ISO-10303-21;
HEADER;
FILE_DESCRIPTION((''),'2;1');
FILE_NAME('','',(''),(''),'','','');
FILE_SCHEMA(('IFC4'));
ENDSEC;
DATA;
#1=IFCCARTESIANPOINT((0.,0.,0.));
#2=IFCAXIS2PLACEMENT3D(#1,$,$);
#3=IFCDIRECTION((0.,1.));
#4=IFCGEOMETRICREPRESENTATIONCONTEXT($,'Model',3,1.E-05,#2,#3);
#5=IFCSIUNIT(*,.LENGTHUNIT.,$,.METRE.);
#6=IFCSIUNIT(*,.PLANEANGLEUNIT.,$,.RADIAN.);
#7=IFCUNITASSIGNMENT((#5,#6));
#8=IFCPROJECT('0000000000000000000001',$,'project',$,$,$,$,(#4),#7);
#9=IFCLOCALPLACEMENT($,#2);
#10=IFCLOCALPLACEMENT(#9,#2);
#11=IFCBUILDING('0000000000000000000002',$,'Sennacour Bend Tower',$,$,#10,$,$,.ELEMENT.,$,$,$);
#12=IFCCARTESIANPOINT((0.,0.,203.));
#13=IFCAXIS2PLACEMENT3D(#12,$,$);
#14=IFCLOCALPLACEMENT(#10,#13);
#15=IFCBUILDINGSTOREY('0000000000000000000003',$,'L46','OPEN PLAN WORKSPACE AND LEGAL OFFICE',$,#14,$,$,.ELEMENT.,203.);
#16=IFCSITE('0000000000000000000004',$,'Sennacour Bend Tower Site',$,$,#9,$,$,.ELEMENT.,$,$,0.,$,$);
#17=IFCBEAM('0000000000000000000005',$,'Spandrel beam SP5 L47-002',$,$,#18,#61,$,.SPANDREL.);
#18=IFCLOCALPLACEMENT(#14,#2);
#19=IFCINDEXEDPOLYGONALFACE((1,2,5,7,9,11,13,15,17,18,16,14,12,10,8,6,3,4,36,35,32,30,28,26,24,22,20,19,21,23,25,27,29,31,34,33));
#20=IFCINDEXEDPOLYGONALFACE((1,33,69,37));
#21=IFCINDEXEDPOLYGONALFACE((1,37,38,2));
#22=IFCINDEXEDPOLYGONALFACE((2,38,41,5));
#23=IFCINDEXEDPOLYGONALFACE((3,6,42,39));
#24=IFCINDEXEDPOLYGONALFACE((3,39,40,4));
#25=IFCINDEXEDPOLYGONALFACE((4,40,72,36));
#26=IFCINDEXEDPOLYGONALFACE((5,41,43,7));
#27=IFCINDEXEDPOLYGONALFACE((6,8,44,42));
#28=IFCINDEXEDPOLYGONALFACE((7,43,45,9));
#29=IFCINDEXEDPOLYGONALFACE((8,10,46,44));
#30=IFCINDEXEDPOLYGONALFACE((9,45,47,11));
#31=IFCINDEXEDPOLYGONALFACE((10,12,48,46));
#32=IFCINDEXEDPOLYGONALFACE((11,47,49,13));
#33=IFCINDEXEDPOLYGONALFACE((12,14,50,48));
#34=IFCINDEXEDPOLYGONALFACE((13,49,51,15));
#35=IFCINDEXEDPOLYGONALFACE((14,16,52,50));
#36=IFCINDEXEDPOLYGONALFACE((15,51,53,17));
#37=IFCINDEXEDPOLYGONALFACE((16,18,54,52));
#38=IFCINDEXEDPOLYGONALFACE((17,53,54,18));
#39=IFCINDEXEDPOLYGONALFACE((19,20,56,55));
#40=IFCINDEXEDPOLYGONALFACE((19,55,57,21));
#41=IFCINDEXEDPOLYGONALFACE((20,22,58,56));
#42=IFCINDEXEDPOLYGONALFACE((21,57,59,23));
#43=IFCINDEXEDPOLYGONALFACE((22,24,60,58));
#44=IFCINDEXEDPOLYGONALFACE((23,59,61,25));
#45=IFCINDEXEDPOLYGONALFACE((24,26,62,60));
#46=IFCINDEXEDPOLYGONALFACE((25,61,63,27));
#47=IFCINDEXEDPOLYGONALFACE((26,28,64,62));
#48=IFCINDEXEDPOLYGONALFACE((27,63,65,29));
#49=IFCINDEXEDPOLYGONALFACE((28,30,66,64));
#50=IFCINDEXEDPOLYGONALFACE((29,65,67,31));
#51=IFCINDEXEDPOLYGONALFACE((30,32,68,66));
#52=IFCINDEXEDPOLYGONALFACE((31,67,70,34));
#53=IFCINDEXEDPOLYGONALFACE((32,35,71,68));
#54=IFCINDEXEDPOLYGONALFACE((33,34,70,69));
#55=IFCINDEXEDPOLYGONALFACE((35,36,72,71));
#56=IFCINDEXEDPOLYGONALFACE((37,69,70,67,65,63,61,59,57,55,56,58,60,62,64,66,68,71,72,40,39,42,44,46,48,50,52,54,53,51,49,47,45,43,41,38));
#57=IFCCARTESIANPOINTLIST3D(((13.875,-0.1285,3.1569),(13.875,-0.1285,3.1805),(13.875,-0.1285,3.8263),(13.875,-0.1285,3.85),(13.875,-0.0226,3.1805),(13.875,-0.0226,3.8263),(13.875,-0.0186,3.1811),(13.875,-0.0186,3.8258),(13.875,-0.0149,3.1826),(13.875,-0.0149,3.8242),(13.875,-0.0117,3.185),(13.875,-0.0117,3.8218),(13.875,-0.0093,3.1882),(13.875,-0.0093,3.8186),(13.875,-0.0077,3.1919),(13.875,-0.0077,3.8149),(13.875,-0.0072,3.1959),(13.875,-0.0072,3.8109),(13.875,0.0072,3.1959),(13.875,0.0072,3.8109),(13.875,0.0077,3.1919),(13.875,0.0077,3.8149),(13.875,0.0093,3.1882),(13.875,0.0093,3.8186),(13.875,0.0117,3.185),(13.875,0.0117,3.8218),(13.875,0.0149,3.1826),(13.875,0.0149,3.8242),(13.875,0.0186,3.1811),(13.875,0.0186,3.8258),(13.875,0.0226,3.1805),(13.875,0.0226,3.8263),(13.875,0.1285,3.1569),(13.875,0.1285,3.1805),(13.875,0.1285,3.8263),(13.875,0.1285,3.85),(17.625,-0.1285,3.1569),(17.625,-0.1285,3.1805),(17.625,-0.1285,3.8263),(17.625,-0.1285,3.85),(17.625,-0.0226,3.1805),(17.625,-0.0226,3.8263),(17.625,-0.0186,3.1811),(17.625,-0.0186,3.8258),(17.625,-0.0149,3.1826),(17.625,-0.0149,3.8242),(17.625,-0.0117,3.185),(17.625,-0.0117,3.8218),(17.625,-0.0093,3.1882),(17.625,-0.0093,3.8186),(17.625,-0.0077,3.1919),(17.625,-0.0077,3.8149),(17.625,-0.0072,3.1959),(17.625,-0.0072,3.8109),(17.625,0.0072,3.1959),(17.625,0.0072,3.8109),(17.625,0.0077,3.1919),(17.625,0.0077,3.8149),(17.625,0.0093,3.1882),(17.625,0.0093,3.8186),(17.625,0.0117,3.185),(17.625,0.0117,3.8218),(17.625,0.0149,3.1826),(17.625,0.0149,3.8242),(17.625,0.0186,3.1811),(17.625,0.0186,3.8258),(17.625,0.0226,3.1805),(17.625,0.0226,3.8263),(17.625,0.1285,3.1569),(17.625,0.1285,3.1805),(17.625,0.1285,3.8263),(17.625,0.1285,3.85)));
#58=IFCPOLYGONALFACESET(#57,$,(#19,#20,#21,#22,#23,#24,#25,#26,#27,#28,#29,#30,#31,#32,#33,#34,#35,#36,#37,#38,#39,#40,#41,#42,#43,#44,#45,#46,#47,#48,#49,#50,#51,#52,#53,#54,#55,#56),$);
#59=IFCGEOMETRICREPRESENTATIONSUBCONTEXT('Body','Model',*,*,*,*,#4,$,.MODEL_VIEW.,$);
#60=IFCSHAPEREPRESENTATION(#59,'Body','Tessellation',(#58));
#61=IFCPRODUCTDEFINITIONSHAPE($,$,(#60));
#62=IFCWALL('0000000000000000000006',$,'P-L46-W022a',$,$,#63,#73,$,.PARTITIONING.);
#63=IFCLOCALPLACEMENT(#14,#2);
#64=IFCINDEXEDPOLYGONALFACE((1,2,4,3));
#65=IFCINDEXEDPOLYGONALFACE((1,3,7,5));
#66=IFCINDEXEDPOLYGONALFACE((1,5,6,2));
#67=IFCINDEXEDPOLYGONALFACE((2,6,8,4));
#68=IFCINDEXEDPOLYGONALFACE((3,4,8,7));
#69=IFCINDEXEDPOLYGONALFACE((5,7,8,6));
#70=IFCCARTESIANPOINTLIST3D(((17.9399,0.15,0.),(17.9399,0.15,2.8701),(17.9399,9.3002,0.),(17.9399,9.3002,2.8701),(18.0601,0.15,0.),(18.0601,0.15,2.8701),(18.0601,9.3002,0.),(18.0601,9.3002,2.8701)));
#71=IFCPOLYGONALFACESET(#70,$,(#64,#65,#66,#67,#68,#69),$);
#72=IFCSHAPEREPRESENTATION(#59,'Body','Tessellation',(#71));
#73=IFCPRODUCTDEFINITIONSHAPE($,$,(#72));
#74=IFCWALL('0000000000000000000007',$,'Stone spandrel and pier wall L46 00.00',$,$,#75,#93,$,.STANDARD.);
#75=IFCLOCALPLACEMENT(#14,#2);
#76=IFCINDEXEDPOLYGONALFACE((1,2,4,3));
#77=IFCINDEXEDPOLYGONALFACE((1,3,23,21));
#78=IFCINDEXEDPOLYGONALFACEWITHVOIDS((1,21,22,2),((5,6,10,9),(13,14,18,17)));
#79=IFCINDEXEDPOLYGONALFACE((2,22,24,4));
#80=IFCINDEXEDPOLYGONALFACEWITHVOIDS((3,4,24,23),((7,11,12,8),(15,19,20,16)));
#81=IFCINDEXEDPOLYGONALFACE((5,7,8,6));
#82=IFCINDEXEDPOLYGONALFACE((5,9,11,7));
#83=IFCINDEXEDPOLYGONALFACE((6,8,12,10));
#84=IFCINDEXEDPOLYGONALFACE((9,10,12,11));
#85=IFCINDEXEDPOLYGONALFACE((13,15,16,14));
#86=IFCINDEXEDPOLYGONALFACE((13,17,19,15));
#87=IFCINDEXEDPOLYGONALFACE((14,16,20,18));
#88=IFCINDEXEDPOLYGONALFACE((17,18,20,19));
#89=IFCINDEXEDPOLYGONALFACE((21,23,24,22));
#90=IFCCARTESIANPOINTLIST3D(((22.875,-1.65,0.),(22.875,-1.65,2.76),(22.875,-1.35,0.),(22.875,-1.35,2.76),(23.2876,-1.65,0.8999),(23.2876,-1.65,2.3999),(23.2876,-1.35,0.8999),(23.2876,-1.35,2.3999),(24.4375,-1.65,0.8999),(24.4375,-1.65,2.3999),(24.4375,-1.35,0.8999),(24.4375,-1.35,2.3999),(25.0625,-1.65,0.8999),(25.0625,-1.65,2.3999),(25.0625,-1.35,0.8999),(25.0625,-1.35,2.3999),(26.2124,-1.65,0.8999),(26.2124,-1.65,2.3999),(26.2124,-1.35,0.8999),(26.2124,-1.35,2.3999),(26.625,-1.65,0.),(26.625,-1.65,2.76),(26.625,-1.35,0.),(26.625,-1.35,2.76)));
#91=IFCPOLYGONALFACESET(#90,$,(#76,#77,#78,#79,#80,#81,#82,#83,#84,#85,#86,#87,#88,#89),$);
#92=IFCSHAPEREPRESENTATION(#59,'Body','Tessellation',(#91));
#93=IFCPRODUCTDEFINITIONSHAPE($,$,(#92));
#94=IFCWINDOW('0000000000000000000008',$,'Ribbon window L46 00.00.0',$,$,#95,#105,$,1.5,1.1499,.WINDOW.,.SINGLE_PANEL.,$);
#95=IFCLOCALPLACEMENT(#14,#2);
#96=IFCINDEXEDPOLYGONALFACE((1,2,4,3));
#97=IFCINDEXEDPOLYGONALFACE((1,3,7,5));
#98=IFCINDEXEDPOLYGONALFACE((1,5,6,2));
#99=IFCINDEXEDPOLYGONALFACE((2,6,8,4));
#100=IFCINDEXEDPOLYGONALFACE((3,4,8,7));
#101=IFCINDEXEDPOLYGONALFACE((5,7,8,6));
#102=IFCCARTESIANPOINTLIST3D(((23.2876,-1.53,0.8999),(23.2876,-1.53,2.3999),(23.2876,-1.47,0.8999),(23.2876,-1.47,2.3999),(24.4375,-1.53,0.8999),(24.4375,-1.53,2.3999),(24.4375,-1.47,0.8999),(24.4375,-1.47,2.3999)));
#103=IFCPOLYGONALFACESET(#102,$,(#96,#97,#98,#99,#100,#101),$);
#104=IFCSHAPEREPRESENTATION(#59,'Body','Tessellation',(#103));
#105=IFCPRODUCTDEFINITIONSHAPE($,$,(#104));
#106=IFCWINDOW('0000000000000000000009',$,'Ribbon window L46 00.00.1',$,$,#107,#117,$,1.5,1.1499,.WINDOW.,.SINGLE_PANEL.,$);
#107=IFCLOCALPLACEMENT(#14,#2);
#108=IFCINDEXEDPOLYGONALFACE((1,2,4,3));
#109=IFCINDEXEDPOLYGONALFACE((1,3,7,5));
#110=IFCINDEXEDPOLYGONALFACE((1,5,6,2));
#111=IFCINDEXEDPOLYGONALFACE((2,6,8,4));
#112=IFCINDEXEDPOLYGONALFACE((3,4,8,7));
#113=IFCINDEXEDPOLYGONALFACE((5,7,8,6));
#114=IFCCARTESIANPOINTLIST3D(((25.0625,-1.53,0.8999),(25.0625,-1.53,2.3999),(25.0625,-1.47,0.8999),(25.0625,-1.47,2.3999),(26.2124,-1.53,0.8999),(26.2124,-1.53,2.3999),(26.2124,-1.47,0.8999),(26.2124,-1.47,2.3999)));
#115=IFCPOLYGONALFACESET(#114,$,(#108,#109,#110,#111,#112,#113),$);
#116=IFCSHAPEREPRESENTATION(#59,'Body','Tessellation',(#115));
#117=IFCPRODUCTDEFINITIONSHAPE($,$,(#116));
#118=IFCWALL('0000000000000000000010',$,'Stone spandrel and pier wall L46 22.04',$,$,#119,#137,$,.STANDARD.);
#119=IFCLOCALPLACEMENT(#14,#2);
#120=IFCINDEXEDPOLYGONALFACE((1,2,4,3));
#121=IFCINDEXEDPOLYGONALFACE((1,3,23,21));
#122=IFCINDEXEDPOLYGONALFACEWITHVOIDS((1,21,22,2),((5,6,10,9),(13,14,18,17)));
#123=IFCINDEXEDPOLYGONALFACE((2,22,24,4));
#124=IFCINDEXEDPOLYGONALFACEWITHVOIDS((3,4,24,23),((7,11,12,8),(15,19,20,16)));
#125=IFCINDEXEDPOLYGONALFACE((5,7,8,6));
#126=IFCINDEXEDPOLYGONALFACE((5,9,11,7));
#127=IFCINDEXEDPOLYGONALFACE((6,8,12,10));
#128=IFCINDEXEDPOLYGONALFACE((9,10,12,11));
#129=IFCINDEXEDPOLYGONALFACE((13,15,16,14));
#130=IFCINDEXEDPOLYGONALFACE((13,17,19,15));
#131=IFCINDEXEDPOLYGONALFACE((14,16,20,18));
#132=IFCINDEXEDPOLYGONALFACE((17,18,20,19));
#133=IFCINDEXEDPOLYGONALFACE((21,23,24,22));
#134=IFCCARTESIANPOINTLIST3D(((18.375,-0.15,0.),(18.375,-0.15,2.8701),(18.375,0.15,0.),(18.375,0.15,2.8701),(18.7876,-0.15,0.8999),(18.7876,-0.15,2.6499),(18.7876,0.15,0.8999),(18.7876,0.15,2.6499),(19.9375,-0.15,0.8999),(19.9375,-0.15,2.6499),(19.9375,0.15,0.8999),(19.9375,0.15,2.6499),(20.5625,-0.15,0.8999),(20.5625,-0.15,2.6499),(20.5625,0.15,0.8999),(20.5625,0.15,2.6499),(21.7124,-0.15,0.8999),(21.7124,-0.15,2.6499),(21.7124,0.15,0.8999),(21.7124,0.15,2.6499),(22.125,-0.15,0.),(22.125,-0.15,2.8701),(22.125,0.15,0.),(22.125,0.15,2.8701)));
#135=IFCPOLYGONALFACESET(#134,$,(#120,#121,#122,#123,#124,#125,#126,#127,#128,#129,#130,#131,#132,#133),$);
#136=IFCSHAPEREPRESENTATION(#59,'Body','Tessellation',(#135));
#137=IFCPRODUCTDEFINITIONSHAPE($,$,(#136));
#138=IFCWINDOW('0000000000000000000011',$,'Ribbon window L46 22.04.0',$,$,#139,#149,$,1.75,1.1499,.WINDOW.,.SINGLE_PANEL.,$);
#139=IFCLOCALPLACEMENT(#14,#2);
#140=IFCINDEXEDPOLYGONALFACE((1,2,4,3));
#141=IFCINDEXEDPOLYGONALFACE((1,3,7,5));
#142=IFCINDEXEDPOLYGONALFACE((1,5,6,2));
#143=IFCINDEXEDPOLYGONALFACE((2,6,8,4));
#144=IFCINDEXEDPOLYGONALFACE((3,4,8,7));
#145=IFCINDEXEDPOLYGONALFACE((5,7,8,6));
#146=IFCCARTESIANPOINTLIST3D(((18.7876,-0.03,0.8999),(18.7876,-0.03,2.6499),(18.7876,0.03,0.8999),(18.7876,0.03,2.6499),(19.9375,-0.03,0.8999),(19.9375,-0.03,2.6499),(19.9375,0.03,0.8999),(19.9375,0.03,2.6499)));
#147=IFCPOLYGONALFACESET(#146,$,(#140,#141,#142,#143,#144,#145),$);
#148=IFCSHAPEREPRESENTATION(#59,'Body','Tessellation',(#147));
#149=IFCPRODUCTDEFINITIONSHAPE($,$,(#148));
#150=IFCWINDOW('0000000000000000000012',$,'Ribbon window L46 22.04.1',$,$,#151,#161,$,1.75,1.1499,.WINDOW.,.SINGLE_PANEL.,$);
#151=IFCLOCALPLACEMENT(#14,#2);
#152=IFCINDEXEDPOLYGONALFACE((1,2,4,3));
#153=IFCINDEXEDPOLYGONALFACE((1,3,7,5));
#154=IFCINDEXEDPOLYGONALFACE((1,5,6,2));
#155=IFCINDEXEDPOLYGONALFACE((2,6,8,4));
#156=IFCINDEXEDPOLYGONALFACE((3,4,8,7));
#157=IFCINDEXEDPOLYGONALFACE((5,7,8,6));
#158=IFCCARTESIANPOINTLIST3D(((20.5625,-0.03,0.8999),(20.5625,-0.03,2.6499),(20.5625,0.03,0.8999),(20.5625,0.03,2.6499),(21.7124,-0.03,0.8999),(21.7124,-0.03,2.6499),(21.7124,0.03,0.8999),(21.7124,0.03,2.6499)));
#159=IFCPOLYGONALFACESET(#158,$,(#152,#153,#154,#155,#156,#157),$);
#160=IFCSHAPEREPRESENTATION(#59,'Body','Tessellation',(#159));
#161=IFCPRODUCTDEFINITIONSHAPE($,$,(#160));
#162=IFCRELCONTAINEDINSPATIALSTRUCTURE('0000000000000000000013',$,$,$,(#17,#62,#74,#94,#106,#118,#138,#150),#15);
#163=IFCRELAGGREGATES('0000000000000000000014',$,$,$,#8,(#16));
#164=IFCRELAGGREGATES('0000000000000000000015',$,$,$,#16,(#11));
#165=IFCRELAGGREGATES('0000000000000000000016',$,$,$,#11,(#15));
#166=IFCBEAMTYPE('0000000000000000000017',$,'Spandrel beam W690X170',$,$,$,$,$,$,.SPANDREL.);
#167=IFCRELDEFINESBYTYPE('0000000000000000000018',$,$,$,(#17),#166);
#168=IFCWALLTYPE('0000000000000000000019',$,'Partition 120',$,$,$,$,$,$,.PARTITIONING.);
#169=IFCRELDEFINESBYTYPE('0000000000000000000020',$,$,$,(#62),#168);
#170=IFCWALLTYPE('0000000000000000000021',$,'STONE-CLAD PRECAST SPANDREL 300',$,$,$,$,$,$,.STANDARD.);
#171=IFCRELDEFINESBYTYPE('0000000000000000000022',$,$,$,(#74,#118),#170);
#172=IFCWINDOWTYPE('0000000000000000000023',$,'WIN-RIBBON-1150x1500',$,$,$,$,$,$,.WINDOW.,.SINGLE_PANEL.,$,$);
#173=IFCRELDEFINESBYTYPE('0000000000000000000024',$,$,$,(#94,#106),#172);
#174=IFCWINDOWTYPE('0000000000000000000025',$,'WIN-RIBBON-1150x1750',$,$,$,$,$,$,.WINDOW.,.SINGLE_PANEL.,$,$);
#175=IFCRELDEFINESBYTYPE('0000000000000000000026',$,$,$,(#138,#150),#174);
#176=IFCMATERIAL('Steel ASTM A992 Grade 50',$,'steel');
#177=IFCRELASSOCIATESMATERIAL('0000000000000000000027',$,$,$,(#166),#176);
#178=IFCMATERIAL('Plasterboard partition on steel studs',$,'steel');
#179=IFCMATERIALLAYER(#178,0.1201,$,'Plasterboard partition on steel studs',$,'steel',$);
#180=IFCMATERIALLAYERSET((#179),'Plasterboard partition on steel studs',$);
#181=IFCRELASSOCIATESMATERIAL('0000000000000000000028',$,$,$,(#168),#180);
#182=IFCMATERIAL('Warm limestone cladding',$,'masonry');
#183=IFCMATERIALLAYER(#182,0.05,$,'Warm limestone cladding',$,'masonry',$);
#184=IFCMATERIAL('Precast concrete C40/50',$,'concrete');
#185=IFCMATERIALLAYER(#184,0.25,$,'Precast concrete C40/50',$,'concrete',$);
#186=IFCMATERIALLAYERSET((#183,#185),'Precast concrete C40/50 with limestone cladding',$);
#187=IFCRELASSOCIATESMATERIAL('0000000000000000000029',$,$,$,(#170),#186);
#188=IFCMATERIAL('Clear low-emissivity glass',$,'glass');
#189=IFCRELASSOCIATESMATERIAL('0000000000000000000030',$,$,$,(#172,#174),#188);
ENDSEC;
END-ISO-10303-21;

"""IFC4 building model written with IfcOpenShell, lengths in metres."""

from ifc_helpers import new_model, si_unit, direction, frame, frame_2d, origin, origin_2d, place, context, subcontext, project, spatial, rectangle, i_section, extrude, material, layer, layer_set, material_profile, profile_set, type_object, element, fill, save


model = new_model("IFC4")

# Units and contexts
model_context = context("Model", 3, precision=1e-05, world=origin(), true_north=direction((0.0, 1.0)))
body_context = subcontext(model_context, "Body", "Model", "MODEL_VIEW")
ifc_project = project(units=[si_unit("LENGTHUNIT", "METRE"), si_unit("PLANEANGLEUNIT", "RADIAN")], contexts=[model_context])

# Site, building, storey
site_placement = place(None, origin())
site = spatial("IfcSite", under=ifc_project, at=site_placement, Name="Sennacour Bend Tower Site", CompositionType="ELEMENT", RefElevation=0.0)
building_placement = place(site_placement, origin())
building = spatial("IfcBuilding", under=site, at=building_placement, Name="Sennacour Bend Tower", CompositionType="ELEMENT")
storey_placement = place(building_placement, frame((0.0, 0.0, 203.0)))
storey = spatial("IfcBuildingStorey", under=building, at=storey_placement, Name="L46", Description="OPEN PLAN WORKSPACE AND LEGAL OFFICE", CompositionType="ELEMENT", Elevation=203.0)

# Beam
ifc_material_1 = material(Name="Steel ASTM A992 Grade 50", Category="steel")
ifc_material_profile_1 = material_profile(ifc_material_1, i_section(OverallWidth=0.2571, OverallDepth=0.6931, WebThickness=0.0144, FlangeThickness=0.0237, FilletRadius=0.0154, at=origin_2d()), Name="Steel ASTM A992 Grade 50", Category="steel")
ifc_profile_set_1 = profile_set([ifc_material_profile_1], Name="Steel ASTM A992 Grade 50")
beam_type_1 = type_object("IfcBeamType", Name="Spandrel beam W690X170", PredefinedType="SPANDREL", material=ifc_profile_set_1)
for number, where, z_axis, x_axis, name in (
    (1, (17.625, 0.0, 3.5034), (-1.0, 0.0, 0.0), (0.0, -1.0, 0.0), "Spandrel beam SP5 L47-002"),
):
    element("IfcBeam", number, at=place(storey_placement, frame(where, z_axis=z_axis, x_axis=x_axis)), inside=storey, type_object=beam_type_1, Name=name, PredefinedType="SPANDREL", context=body_context, shape_type="SweptSolid", body=[
        extrude(i_section(OverallWidth=0.2571, OverallDepth=0.6931, WebThickness=0.0144, FlangeThickness=0.0237, FilletRadius=0.0154, at=origin_2d()), origin(), (0.0, 0.0, 1.0), 3.75),
    ])

# Wall
ifc_material_2 = material(Name="Plasterboard partition on steel studs", Category="steel")
ifc_layer_1 = layer(ifc_material_2, 0.1201, Name="Plasterboard partition on steel studs", Category="steel")
ifc_layer_set_1 = layer_set([ifc_layer_1], Name="Plasterboard partition on steel studs")
wall_type_1 = type_object("IfcWallType", Name="Partition 120", PredefinedType="PARTITIONING", material=ifc_layer_set_1)
wall_1_placement = place(storey_placement, frame((18.0, 0.1499, 0.0), z_axis=(0.0, 0.0, 1.0), x_axis=(0.0, 1.0, 0.0)))
element("IfcWall", 2, at=wall_1_placement, inside=storey, type_object=wall_type_1, Name="P-L46-W022a", PredefinedType="PARTITIONING", context=body_context, shape_type="SweptSolid", body=[
    extrude(rectangle(XDim=9.1501, YDim=0.1201, at=frame_2d((4.5752, 0.0))), origin(), (0.0, 0.0, 1.0), 2.8701),
])

# Walls, openings, windows
ifc_material_3 = material(Name="Warm limestone cladding", Category="masonry")
ifc_layer_2 = layer(ifc_material_3, 0.05, Name="Warm limestone cladding", Category="masonry")
ifc_material_4 = material(Name="Precast concrete C40/50", Category="concrete")
ifc_layer_3 = layer(ifc_material_4, 0.25, Name="Precast concrete C40/50", Category="concrete")
ifc_layer_set_2 = layer_set([ifc_layer_2, ifc_layer_3], Name="Precast concrete C40/50 with limestone cladding")
wall_type_2 = type_object("IfcWallType", Name="STONE-CLAD PRECAST SPANDREL 300", PredefinedType="STANDARD", material=ifc_layer_set_2)
wall_2_placement = place(storey_placement, frame((22.875, -1.5, 0.0), z_axis=(0.0, 0.0, 1.0), x_axis=(1.0, 0.0, 0.0)))
wall_2 = element("IfcWall", 3, at=wall_2_placement, inside=storey, type_object=wall_type_2, Name="Stone spandrel and pier wall L46 00.00", PredefinedType="STANDARD", context=body_context, shape_type="SweptSolid", body=[
    extrude(rectangle(XDim=3.75, YDim=0.3, at=frame_2d((1.875, 0.0))), origin(), (0.0, 0.0, 1.0), 2.76),
])
opening_1_placement = place(wall_2_placement, frame((0.4126, 0.0, 0.8999)))
opening_1 = element("IfcOpeningElement", 4, at=opening_1_placement, cuts=wall_2, PredefinedType="OPENING", context=body_context, shape_type="SweptSolid", body=[
    extrude(rectangle(XDim=1.1499, YDim=1.5, at=frame_2d((0.575, 0.75))), frame((0.0, 0.1602, 0.0), z_axis=(0.0, -1.0, 0.0), x_axis=(1.0, 0.0, 0.0)), (0.0, 0.0, 1.0), 0.3201),
])
opening_2_placement = place(wall_2_placement, frame((2.1875, 0.0, 0.8999)))
opening_2 = element("IfcOpeningElement", 5, at=opening_2_placement, cuts=wall_2, PredefinedType="OPENING", context=body_context, shape_type="SweptSolid", body=[
    extrude(rectangle(XDim=1.1499, YDim=1.5, at=frame_2d((0.575, 0.75))), frame((0.0, 0.1602, 0.0), z_axis=(0.0, -1.0, 0.0), x_axis=(1.0, 0.0, 0.0)), (0.0, 0.0, 1.0), 0.3201),
])
ifc_material_5 = material(Name="Clear low-emissivity glass", Category="glass")
window_type_1 = type_object("IfcWindowType", Name="WIN-RIBBON-1150x1500", PartitioningType="SINGLE_PANEL", PredefinedType="WINDOW", material=ifc_material_5)
window_1_placement = place(opening_1_placement, origin())
window_1 = element("IfcWindow", 6, at=window_1_placement, inside=storey, type_object=window_type_1, Name="Ribbon window L46 00.00.0", OverallHeight=1.5, OverallWidth=1.1499, PartitioningType="SINGLE_PANEL", PredefinedType="WINDOW", context=body_context, shape_type="SweptSolid", body=[
    extrude(rectangle(XDim=1.1499, YDim=1.5, at=frame_2d((0.575, 0.75))), frame((0.0, 0.03, 0.0), z_axis=(0.0, -1.0, 0.0), x_axis=(1.0, 0.0, 0.0)), (0.0, 0.0, 1.0), 0.0601),
])
fill(opening_1, window_1)
window_2_placement = place(opening_2_placement, origin())
window_2 = element("IfcWindow", 7, at=window_2_placement, inside=storey, type_object=window_type_1, Name="Ribbon window L46 00.00.1", OverallHeight=1.5, OverallWidth=1.1499, PartitioningType="SINGLE_PANEL", PredefinedType="WINDOW", context=body_context, shape_type="SweptSolid", body=[
    extrude(rectangle(XDim=1.1499, YDim=1.5, at=frame_2d((0.575, 0.75))), frame((0.0, 0.03, 0.0), z_axis=(0.0, -1.0, 0.0), x_axis=(1.0, 0.0, 0.0)), (0.0, 0.0, 1.0), 0.0601),
])
fill(opening_2, window_2)
wall_3_placement = place(storey_placement, frame((18.375, 0.0, 0.0), z_axis=(0.0, 0.0, 1.0), x_axis=(1.0, 0.0, 0.0)))
wall_3 = element("IfcWall", 8, at=wall_3_placement, inside=storey, type_object=wall_type_2, Name="Stone spandrel and pier wall L46 22.04", PredefinedType="STANDARD", context=body_context, shape_type="SweptSolid", body=[
    extrude(rectangle(XDim=3.75, YDim=0.3, at=frame_2d((1.875, 0.0))), origin(), (0.0, 0.0, 1.0), 2.8701),
])
opening_3_placement = place(wall_3_placement, frame((0.4126, 0.0, 0.8999)))
opening_3 = element("IfcOpeningElement", 9, at=opening_3_placement, cuts=wall_3, PredefinedType="OPENING", context=body_context, shape_type="SweptSolid", body=[
    extrude(rectangle(XDim=1.1499, YDim=1.75, at=frame_2d((0.575, 0.875))), frame((0.0, 0.1602, 0.0), z_axis=(0.0, -1.0, 0.0), x_axis=(1.0, 0.0, 0.0)), (0.0, 0.0, 1.0), 0.3201),
])
opening_4_placement = place(wall_3_placement, frame((2.1875, 0.0, 0.8999)))
opening_4 = element("IfcOpeningElement", 10, at=opening_4_placement, cuts=wall_3, PredefinedType="OPENING", context=body_context, shape_type="SweptSolid", body=[
    extrude(rectangle(XDim=1.1499, YDim=1.75, at=frame_2d((0.575, 0.875))), frame((0.0, 0.1602, 0.0), z_axis=(0.0, -1.0, 0.0), x_axis=(1.0, 0.0, 0.0)), (0.0, 0.0, 1.0), 0.3201),
])
window_type_2 = type_object("IfcWindowType", Name="WIN-RIBBON-1150x1750", PartitioningType="SINGLE_PANEL", PredefinedType="WINDOW", material=ifc_material_5)
window_3_placement = place(opening_3_placement, origin())
window_3 = element("IfcWindow", 11, at=window_3_placement, inside=storey, type_object=window_type_2, Name="Ribbon window L46 22.04.0", OverallHeight=1.75, OverallWidth=1.1499, PartitioningType="SINGLE_PANEL", PredefinedType="WINDOW", context=body_context, shape_type="SweptSolid", body=[
    extrude(rectangle(XDim=1.1499, YDim=1.75, at=frame_2d((0.575, 0.875))), frame((0.0, 0.03, 0.0), z_axis=(0.0, -1.0, 0.0), x_axis=(1.0, 0.0, 0.0)), (0.0, 0.0, 1.0), 0.0601),
])
fill(opening_3, window_3)
window_4_placement = place(opening_4_placement, origin())
window_4 = element("IfcWindow", 12, at=window_4_placement, inside=storey, type_object=window_type_2, Name="Ribbon window L46 22.04.1", OverallHeight=1.75, OverallWidth=1.1499, PartitioningType="SINGLE_PANEL", PredefinedType="WINDOW", context=body_context, shape_type="SweptSolid", body=[
    extrude(rectangle(XDim=1.1499, YDim=1.75, at=frame_2d((0.575, 0.875))), frame((0.0, 0.03, 0.0), z_axis=(0.0, -1.0, 0.0), x_axis=(1.0, 0.0, 0.0)), (0.0, 0.0, 1.0), 0.0601),
])
fill(opening_4, window_4)

save(model, "model.ifc")
